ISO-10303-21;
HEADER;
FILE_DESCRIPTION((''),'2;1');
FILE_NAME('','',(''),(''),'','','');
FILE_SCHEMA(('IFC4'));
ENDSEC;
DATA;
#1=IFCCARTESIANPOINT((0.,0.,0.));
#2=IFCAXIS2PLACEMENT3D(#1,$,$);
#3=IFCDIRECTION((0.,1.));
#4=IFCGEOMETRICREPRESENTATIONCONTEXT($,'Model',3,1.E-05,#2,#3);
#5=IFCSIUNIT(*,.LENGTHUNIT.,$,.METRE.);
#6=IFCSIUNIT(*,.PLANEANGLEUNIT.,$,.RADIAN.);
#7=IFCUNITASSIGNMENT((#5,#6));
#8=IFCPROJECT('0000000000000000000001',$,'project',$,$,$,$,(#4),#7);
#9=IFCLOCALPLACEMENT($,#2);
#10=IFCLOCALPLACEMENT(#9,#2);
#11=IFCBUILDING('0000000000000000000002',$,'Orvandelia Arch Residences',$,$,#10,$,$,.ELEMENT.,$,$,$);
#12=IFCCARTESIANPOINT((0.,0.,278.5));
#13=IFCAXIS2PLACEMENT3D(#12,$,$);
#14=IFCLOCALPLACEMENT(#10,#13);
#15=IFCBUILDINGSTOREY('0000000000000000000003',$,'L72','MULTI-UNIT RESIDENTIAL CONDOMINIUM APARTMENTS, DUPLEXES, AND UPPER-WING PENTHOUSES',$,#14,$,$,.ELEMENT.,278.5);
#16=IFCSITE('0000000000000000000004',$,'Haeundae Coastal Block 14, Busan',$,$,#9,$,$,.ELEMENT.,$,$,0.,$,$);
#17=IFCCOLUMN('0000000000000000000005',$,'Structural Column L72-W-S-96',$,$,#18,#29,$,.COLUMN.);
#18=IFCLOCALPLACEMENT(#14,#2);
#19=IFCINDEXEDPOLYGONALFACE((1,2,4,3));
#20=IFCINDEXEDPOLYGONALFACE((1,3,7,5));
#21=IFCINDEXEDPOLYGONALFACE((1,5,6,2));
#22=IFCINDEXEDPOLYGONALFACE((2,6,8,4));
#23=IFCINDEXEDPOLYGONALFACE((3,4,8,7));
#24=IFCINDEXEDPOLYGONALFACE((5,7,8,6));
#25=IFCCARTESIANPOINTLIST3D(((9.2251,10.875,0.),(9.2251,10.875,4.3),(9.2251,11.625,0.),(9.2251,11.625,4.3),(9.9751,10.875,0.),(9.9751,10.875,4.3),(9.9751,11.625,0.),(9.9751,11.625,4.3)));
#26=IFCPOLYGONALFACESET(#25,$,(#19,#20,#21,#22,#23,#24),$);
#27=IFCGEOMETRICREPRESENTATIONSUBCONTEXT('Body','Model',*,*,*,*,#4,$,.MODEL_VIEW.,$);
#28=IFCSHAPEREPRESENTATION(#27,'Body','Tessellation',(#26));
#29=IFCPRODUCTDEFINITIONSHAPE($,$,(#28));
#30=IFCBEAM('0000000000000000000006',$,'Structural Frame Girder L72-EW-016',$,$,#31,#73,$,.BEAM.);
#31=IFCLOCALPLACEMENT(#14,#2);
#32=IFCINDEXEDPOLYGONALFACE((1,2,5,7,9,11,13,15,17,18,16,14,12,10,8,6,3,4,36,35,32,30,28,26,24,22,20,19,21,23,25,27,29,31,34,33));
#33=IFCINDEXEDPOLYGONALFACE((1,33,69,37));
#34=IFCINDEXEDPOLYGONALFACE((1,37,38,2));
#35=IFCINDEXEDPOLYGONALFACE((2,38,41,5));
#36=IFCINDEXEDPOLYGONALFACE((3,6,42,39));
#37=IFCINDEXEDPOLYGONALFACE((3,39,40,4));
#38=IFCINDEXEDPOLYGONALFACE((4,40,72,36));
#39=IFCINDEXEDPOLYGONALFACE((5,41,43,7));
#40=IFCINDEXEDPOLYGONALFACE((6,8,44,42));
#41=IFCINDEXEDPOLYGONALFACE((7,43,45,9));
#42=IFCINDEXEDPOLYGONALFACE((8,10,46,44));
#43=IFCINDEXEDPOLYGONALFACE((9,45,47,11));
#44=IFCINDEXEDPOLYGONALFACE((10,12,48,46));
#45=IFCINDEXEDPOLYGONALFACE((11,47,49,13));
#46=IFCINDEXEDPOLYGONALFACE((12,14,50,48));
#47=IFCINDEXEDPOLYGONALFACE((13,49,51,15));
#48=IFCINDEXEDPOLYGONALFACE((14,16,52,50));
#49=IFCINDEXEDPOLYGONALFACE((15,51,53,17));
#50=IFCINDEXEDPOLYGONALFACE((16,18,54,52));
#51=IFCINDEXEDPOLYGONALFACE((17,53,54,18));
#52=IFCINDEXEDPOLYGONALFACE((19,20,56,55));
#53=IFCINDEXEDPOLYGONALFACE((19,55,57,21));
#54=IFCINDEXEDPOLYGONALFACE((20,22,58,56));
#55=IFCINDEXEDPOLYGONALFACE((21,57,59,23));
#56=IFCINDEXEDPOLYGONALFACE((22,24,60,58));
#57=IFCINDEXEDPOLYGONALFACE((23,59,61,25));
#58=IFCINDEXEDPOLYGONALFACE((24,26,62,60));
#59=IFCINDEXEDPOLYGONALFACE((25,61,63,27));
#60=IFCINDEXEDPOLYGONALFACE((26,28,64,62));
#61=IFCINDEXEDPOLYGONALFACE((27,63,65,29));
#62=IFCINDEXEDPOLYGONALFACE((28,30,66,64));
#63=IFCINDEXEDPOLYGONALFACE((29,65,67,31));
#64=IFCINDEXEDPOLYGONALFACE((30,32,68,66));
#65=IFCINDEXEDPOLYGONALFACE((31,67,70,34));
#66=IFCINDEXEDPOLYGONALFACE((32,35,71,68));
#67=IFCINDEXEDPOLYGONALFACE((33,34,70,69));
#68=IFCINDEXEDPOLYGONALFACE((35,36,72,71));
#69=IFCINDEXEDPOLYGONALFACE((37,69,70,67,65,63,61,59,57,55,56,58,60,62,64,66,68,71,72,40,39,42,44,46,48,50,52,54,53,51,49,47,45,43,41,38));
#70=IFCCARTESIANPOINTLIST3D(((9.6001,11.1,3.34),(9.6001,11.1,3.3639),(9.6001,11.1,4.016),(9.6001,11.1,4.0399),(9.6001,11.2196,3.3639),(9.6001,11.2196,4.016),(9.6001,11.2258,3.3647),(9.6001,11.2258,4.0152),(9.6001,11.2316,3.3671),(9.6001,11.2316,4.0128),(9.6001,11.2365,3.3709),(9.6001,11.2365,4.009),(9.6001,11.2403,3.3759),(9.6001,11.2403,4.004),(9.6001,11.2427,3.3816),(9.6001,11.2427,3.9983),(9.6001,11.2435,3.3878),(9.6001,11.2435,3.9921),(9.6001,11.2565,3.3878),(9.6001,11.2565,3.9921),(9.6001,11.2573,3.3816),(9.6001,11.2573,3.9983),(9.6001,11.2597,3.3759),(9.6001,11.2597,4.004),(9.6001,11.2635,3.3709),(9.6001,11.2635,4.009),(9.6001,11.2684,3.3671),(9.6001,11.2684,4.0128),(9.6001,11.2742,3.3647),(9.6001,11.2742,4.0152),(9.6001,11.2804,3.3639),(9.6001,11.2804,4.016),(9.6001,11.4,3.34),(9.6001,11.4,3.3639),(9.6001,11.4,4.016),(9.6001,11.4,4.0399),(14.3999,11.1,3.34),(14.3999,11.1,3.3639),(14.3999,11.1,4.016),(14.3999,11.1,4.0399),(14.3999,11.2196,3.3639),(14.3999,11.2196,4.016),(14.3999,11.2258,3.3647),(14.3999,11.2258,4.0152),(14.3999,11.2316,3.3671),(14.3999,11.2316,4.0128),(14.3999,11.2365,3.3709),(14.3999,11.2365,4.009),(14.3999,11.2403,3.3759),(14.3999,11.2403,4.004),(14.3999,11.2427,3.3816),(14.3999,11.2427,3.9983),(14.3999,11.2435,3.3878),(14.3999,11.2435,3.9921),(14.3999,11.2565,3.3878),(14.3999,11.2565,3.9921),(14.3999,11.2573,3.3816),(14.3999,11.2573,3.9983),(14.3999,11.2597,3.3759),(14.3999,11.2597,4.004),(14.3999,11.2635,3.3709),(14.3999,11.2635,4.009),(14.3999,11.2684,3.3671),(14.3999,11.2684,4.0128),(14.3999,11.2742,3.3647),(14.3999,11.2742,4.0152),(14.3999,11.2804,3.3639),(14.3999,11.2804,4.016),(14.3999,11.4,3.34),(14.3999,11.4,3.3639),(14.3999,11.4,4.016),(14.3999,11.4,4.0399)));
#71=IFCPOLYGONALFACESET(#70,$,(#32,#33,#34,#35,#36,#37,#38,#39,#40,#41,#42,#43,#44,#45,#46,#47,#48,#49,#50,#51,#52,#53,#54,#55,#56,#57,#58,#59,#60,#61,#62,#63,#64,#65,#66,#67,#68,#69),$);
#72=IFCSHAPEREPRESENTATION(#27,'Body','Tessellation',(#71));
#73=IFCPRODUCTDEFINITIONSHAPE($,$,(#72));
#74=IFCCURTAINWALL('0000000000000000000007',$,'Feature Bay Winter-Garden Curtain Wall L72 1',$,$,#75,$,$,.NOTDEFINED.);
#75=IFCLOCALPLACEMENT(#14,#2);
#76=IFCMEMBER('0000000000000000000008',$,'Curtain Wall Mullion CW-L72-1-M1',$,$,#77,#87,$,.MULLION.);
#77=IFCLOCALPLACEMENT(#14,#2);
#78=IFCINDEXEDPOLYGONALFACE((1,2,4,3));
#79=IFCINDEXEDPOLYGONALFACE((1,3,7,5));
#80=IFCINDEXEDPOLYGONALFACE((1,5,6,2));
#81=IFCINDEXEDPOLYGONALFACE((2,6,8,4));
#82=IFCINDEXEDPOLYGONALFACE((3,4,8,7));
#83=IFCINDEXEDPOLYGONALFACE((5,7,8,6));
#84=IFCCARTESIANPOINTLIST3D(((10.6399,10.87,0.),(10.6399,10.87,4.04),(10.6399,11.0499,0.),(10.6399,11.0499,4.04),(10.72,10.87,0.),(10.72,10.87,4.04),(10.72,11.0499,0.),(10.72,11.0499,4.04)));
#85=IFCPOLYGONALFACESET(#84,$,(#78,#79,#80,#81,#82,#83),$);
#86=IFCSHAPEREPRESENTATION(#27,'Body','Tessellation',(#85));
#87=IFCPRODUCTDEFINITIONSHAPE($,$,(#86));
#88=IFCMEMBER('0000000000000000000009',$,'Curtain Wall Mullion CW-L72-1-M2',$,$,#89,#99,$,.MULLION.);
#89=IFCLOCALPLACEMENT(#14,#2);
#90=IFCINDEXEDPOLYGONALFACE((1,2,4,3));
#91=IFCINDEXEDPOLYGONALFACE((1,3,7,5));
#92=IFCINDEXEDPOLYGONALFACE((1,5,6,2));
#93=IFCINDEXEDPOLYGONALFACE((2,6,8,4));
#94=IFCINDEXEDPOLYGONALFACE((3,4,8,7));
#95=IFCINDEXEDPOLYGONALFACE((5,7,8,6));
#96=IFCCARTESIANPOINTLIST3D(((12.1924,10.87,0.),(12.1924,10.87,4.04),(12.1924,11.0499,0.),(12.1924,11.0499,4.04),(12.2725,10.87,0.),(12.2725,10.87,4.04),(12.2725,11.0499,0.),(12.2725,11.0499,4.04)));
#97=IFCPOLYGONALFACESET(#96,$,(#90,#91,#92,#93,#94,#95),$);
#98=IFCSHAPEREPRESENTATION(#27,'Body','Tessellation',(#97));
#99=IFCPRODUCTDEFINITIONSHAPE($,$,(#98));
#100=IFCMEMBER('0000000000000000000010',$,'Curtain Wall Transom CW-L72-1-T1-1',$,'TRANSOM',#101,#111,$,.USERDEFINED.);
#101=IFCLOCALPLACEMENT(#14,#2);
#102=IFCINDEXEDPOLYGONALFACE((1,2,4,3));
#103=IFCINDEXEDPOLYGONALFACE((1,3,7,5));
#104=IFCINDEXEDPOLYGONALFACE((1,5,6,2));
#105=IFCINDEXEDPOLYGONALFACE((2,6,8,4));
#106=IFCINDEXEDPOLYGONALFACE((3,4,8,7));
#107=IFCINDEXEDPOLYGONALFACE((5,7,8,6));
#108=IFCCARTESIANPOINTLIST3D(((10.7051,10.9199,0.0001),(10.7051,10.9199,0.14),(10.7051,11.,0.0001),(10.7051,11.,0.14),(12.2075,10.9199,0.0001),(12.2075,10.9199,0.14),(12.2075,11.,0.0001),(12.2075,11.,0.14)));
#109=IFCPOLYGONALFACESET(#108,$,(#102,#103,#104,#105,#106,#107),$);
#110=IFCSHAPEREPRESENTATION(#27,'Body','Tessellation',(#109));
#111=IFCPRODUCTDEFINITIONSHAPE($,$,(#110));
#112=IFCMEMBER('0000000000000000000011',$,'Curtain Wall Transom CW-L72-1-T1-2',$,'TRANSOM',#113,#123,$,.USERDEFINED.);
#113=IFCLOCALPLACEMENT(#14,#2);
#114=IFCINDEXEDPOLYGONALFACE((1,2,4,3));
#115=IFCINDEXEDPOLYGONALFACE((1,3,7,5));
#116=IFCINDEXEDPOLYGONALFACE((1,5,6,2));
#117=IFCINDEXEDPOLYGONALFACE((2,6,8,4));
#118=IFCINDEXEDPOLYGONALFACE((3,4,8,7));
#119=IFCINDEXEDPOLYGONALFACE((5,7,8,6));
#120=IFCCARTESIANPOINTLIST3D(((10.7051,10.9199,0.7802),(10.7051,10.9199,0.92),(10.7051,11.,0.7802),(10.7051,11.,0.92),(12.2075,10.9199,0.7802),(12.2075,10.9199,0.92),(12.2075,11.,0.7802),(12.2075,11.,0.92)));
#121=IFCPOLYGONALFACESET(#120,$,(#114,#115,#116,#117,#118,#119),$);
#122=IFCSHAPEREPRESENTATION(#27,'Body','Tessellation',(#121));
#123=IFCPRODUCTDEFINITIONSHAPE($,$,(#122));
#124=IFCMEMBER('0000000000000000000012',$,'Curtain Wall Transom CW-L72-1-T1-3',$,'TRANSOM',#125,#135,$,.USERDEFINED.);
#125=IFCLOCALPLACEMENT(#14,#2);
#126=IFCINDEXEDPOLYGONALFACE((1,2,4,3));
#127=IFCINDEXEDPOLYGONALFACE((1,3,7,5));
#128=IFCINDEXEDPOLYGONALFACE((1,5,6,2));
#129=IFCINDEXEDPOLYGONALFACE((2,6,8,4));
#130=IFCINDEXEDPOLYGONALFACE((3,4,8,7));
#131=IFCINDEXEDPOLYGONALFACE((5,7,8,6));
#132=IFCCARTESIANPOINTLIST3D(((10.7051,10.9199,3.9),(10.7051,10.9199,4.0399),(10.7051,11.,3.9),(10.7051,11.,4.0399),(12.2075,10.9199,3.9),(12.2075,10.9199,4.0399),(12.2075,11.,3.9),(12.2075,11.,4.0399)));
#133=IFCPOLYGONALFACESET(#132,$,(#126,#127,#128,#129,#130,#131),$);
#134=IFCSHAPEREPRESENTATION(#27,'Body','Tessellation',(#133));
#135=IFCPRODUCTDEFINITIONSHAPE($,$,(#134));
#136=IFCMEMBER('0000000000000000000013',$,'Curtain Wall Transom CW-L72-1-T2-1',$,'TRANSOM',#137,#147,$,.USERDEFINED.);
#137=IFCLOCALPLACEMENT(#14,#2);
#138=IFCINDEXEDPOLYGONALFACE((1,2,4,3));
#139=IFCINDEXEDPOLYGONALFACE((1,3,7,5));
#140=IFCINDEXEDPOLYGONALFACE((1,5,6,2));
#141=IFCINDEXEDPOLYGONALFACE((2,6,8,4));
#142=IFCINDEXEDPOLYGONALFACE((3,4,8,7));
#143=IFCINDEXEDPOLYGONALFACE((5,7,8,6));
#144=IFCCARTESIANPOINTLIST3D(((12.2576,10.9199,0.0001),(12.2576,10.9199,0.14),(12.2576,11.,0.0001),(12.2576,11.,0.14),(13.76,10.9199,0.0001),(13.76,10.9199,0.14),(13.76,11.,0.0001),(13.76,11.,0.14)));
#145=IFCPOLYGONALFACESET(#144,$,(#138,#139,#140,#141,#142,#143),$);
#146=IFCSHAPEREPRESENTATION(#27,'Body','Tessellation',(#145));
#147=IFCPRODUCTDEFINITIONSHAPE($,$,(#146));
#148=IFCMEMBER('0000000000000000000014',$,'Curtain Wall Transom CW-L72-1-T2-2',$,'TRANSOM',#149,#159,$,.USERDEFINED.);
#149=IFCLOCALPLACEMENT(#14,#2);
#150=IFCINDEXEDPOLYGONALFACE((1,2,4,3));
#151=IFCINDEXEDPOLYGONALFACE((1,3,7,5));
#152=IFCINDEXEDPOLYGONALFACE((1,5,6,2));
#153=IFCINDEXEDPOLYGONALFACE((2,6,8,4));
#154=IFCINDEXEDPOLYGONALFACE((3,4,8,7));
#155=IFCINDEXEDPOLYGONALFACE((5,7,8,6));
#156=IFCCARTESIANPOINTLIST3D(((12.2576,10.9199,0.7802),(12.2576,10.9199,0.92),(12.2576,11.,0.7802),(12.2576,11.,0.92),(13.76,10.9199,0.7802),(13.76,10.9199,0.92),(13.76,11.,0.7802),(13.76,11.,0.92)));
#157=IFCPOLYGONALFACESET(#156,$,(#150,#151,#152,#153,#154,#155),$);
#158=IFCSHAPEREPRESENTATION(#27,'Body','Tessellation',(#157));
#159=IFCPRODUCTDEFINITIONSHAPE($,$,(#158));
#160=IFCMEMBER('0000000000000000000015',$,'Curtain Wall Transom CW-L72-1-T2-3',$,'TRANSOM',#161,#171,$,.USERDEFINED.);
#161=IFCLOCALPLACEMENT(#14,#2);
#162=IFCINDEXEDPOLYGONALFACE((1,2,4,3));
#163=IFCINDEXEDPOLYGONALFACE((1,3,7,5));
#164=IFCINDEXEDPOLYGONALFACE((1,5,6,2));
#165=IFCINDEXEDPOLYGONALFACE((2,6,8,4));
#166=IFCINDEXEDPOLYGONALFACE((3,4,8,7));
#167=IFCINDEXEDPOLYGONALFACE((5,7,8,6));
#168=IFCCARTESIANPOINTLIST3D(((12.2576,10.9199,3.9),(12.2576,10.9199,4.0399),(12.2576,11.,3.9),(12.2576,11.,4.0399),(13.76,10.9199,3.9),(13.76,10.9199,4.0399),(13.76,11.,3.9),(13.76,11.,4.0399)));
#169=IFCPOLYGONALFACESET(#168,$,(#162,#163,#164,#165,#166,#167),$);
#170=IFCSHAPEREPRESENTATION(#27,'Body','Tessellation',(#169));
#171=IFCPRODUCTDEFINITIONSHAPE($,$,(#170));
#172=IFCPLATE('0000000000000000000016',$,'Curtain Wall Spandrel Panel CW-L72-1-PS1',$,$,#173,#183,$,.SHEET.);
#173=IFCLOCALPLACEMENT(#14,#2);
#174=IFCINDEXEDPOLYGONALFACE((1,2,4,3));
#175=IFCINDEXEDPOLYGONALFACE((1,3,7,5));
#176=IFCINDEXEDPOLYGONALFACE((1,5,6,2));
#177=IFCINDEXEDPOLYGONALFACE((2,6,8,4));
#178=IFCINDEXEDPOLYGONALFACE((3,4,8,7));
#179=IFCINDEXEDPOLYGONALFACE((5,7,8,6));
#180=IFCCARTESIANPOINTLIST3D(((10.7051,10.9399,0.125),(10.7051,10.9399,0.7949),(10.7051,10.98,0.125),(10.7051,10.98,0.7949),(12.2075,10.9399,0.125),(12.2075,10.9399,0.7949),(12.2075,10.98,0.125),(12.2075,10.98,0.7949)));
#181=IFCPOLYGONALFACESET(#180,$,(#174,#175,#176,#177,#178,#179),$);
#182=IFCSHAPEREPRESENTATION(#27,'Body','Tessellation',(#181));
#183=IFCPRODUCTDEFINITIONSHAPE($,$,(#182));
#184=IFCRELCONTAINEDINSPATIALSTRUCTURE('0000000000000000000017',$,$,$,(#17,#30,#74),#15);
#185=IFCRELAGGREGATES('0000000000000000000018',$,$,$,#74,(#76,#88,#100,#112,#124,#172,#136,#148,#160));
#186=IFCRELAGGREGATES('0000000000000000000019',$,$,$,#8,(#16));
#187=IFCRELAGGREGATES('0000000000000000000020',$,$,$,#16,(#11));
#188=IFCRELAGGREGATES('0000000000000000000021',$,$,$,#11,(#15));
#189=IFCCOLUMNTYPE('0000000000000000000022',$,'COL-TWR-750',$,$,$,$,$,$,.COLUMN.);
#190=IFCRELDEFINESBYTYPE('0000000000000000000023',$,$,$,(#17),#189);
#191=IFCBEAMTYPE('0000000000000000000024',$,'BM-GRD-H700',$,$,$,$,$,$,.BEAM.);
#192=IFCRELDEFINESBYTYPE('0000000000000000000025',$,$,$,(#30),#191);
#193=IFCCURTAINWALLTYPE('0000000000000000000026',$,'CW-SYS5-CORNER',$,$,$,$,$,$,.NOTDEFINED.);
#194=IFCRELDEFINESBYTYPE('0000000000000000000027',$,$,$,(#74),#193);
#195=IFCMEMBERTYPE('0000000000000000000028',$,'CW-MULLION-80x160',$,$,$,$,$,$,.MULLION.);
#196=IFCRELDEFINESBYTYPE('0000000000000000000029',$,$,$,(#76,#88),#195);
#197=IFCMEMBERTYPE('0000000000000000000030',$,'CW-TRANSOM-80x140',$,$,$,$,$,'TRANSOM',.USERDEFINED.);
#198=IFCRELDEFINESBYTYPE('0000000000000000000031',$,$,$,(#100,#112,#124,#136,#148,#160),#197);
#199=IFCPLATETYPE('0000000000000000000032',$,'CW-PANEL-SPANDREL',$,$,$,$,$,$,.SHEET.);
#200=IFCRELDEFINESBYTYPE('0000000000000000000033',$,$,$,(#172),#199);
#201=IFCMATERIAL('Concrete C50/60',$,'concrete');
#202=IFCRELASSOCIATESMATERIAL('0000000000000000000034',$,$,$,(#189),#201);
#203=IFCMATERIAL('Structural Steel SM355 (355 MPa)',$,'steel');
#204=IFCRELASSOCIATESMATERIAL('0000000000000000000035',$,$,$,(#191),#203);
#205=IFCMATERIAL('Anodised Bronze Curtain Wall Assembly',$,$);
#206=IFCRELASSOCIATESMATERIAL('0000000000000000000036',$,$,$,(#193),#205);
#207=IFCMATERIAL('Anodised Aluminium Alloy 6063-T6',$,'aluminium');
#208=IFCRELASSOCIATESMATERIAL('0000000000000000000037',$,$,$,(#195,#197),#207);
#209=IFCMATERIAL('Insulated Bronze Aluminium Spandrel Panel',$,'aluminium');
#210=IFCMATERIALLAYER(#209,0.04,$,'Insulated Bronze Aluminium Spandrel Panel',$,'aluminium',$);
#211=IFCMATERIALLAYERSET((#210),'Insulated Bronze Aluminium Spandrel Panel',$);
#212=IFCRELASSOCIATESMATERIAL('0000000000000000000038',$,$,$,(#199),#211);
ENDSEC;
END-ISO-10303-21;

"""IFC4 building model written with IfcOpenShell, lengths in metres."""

from ifc_helpers import new_model, si_unit, direction, frame, origin, origin_2d, place, context, subcontext, project, spatial, rectangle, i_section, extrude, material, layer, layer_set, material_profile, profile_set, type_object, element, aggregate, save


model = new_model("IFC4")

# Units and contexts
model_context = context("Model", 3, precision=1e-05, world=origin(), true_north=direction((0.0, 1.0)))
body_context = subcontext(model_context, "Body", "Model", "MODEL_VIEW")
ifc_project = project(units=[si_unit("LENGTHUNIT", "METRE"), si_unit("PLANEANGLEUNIT", "RADIAN")], contexts=[model_context])

# Site, building, storey
site_placement = place(None, origin())
site = spatial("IfcSite", under=ifc_project, at=site_placement, Name="Haeundae Coastal Block 14, Busan", CompositionType="ELEMENT", RefElevation=0.0)
building_placement = place(site_placement, origin())
building = spatial("IfcBuilding", under=site, at=building_placement, Name="Orvandelia Arch Residences", CompositionType="ELEMENT")
storey_placement = place(building_placement, frame((0.0, 0.0, 278.5)))
storey = spatial("IfcBuildingStorey", under=building, at=storey_placement, Name="L72", Description="MULTI-UNIT RESIDENTIAL CONDOMINIUM APARTMENTS, DUPLEXES, AND UPPER-WING PENTHOUSES", CompositionType="ELEMENT", Elevation=278.5)

# Column
ifc_material_1 = material(Name="Concrete C50/60", Category="concrete")
ifc_material_profile_1 = material_profile(ifc_material_1, rectangle(XDim=0.75, YDim=0.75, at=origin_2d()), Name="Concrete C50/60", Category="concrete")
ifc_profile_set_1 = profile_set([ifc_material_profile_1], Name="Concrete C50/60")
column_type = type_object("IfcColumnType", Name="COL-TWR-750", PredefinedType="COLUMN", material=ifc_profile_set_1)
column_placement = place(storey_placement, frame((9.6001, 11.25, 0.0), z_axis=(0.0, 0.0, 1.0), x_axis=(1.0, 0.0, 0.0)))
element("IfcColumn", 1, at=column_placement, inside=storey, type_object=column_type, Name="Structural Column L72-W-S-96", PredefinedType="COLUMN", context=body_context, shape_type="SweptSolid", body=[
    extrude(rectangle(XDim=0.75, YDim=0.75, at=origin_2d()), origin(), (0.0, 0.0, 1.0), 4.3),
])

# Beam
ifc_material_2 = material(Name="Structural Steel SM355 (355 MPa)", Category="steel")
ifc_material_profile_2 = material_profile(ifc_material_2, i_section(OverallWidth=0.3, OverallDepth=0.7, WebThickness=0.0129, FlangeThickness=0.0239, FilletRadius=0.0239, at=origin_2d()), Name="Structural Steel SM355 (355 MPa)", Category="steel")
ifc_profile_set_2 = profile_set([ifc_material_profile_2], Name="Structural Steel SM355 (355 MPa)")
beam_type = type_object("IfcBeamType", Name="BM-GRD-H700", PredefinedType="BEAM", material=ifc_profile_set_2)
beam_placement = place(storey_placement, frame((9.6001, 11.25, 3.6899), z_axis=(1.0, 0.0, 0.0), x_axis=(0.0, 1.0, 0.0)))
element("IfcBeam", 2, at=beam_placement, inside=storey, type_object=beam_type, Name="Structural Frame Girder L72-EW-016", PredefinedType="BEAM", context=body_context, shape_type="SweptSolid", body=[
    extrude(i_section(OverallWidth=0.3, OverallDepth=0.7, WebThickness=0.0129, FlangeThickness=0.0239, FilletRadius=0.0239, at=origin_2d()), origin(), (0.0, 0.0, 1.0), 4.7998),
])

# Curtain wall, members, plate
ifc_material_3 = material(Name="Anodised Bronze Curtain Wall Assembly")
curtain_wall_type = type_object("IfcCurtainWallType", Name="CW-SYS5-CORNER", PredefinedType="NOTDEFINED", material=ifc_material_3)
curtain_wall_placement = place(storey_placement, origin())
curtain_wall = element("IfcCurtainWall", 3, at=curtain_wall_placement, inside=storey, type_object=curtain_wall_type, Name="Feature Bay Winter-Garden Curtain Wall L72 1", PredefinedType="NOTDEFINED")
ifc_material_4 = material(Name="Anodised Aluminium Alloy 6063-T6", Category="aluminium")
ifc_material_profile_3 = material_profile(ifc_material_4, rectangle(XDim=0.0801, YDim=0.1799, at=origin_2d()), Name="Anodised Aluminium Alloy 6063-T6", Category="aluminium")
ifc_profile_set_3 = profile_set([ifc_material_profile_3], Name="Anodised Aluminium Alloy 6063-T6")
member_type_1 = type_object("IfcMemberType", Name="CW-MULLION-80x160", PredefinedType="MULLION", material=ifc_profile_set_3)
member_1_placement = place(storey_placement, frame((10.6799, 10.96, 0.0), z_axis=(0.0, 0.0, 1.0), x_axis=(1.0, 0.0, 0.0)))
member_1 = element("IfcMember", 4, at=member_1_placement, type_object=member_type_1, Name="Curtain Wall Mullion CW-L72-1-M1", PredefinedType="MULLION", context=body_context, shape_type="SweptSolid", body=[
    extrude(rectangle(XDim=0.0801, YDim=0.1799, at=origin_2d()), origin(), (0.0, 0.0, 1.0), 4.04),
])
member_2_placement = place(storey_placement, frame((12.2324, 10.96, 0.0), z_axis=(0.0, 0.0, 1.0), x_axis=(1.0, 0.0, 0.0)))
member_2 = element("IfcMember", 5, at=member_2_placement, type_object=member_type_1, Name="Curtain Wall Mullion CW-L72-1-M2", PredefinedType="MULLION", context=body_context, shape_type="SweptSolid", body=[
    extrude(rectangle(XDim=0.0801, YDim=0.1799, at=origin_2d()), origin(), (0.0, 0.0, 1.0), 4.04),
])
ifc_material_profile_4 = material_profile(ifc_material_4, rectangle(XDim=0.0801, YDim=0.1399, at=origin_2d()), Name="Anodised Aluminium Alloy 6063-T6", Category="aluminium")
ifc_profile_set_4 = profile_set([ifc_material_profile_4], Name="Anodised Aluminium Alloy 6063-T6")
member_type_2 = type_object("IfcMemberType", Name="CW-TRANSOM-80x140", ElementType="TRANSOM", PredefinedType="USERDEFINED", material=ifc_profile_set_4)
member_3_placement = place(storey_placement, frame((10.7051, 10.96, 0.0701), z_axis=(1.0, 0.0, 0.0), x_axis=(0.0, 1.0, 0.0)))
member_3 = element("IfcMember", 6, at=member_3_placement, type_object=member_type_2, Name="Curtain Wall Transom CW-L72-1-T1-1", ObjectType="TRANSOM", PredefinedType="USERDEFINED", context=body_context, shape_type="SweptSolid", body=[
    extrude(rectangle(XDim=0.0801, YDim=0.1399, at=origin_2d()), origin(), (0.0, 0.0, 1.0), 1.5024),
])
member_4_placement = place(storey_placement, frame((10.7051, 10.96, 0.8501), z_axis=(1.0, 0.0, 0.0), x_axis=(0.0, 1.0, 0.0)))
member_4 = element("IfcMember", 7, at=member_4_placement, type_object=member_type_2, Name="Curtain Wall Transom CW-L72-1-T1-2", ObjectType="TRANSOM", PredefinedType="USERDEFINED", context=body_context, shape_type="SweptSolid", body=[
    extrude(rectangle(XDim=0.0801, YDim=0.1399, at=origin_2d()), origin(), (0.0, 0.0, 1.0), 1.5024),
])
member_5_placement = place(storey_placement, frame((10.7051, 10.96, 3.97), z_axis=(1.0, 0.0, 0.0), x_axis=(0.0, 1.0, 0.0)))
member_5 = element("IfcMember", 8, at=member_5_placement, type_object=member_type_2, Name="Curtain Wall Transom CW-L72-1-T1-3", ObjectType="TRANSOM", PredefinedType="USERDEFINED", context=body_context, shape_type="SweptSolid", body=[
    extrude(rectangle(XDim=0.0801, YDim=0.1399, at=origin_2d()), origin(), (0.0, 0.0, 1.0), 1.5024),
])
member_6_placement = place(storey_placement, frame((12.2576, 10.96, 0.0701), z_axis=(1.0, 0.0, 0.0), x_axis=(0.0, 1.0, 0.0)))
member_6 = element("IfcMember", 9, at=member_6_placement, type_object=member_type_2, Name="Curtain Wall Transom CW-L72-1-T2-1", ObjectType="TRANSOM", PredefinedType="USERDEFINED", context=body_context, shape_type="SweptSolid", body=[
    extrude(rectangle(XDim=0.0801, YDim=0.1399, at=origin_2d()), origin(), (0.0, 0.0, 1.0), 1.5024),
])
member_7_placement = place(storey_placement, frame((12.2576, 10.96, 0.8501), z_axis=(1.0, 0.0, 0.0), x_axis=(0.0, 1.0, 0.0)))
member_7 = element("IfcMember", 10, at=member_7_placement, type_object=member_type_2, Name="Curtain Wall Transom CW-L72-1-T2-2", ObjectType="TRANSOM", PredefinedType="USERDEFINED", context=body_context, shape_type="SweptSolid", body=[
    extrude(rectangle(XDim=0.0801, YDim=0.1399, at=origin_2d()), origin(), (0.0, 0.0, 1.0), 1.5024),
])
member_8_placement = place(storey_placement, frame((12.2576, 10.96, 3.97), z_axis=(1.0, 0.0, 0.0), x_axis=(0.0, 1.0, 0.0)))
member_8 = element("IfcMember", 11, at=member_8_placement, type_object=member_type_2, Name="Curtain Wall Transom CW-L72-1-T2-3", ObjectType="TRANSOM", PredefinedType="USERDEFINED", context=body_context, shape_type="SweptSolid", body=[
    extrude(rectangle(XDim=0.0801, YDim=0.1399, at=origin_2d()), origin(), (0.0, 0.0, 1.0), 1.5024),
])
ifc_material_5 = material(Name="Insulated Bronze Aluminium Spandrel Panel", Category="aluminium")
ifc_layer_1 = layer(ifc_material_5, 0.04, Name="Insulated Bronze Aluminium Spandrel Panel", Category="aluminium")
ifc_layer_set_1 = layer_set([ifc_layer_1], Name="Insulated Bronze Aluminium Spandrel Panel")
plate_type_1 = type_object("IfcPlateType", Name="CW-PANEL-SPANDREL", PredefinedType="SHEET", material=ifc_layer_set_1)
plate_1_placement = place(storey_placement, frame((11.4563, 10.96, 0.125), z_axis=(0.0, 0.0, 1.0), x_axis=(1.0, 0.0, 0.0)))
plate_1 = element("IfcPlate", 12, at=plate_1_placement, type_object=plate_type_1, Name="Curtain Wall Spandrel Panel CW-L72-1-PS1", PredefinedType="SHEET", context=body_context, shape_type="SweptSolid", body=[
    extrude(rectangle(XDim=1.5024, YDim=0.04, at=origin_2d()), origin(), (0.0, 0.0, 1.0), 0.6699),
])
aggregate(curtain_wall, [member_1, member_2, member_3, member_4, member_5, plate_1, member_6, member_7, member_8])

save(model, "model.ifc")
